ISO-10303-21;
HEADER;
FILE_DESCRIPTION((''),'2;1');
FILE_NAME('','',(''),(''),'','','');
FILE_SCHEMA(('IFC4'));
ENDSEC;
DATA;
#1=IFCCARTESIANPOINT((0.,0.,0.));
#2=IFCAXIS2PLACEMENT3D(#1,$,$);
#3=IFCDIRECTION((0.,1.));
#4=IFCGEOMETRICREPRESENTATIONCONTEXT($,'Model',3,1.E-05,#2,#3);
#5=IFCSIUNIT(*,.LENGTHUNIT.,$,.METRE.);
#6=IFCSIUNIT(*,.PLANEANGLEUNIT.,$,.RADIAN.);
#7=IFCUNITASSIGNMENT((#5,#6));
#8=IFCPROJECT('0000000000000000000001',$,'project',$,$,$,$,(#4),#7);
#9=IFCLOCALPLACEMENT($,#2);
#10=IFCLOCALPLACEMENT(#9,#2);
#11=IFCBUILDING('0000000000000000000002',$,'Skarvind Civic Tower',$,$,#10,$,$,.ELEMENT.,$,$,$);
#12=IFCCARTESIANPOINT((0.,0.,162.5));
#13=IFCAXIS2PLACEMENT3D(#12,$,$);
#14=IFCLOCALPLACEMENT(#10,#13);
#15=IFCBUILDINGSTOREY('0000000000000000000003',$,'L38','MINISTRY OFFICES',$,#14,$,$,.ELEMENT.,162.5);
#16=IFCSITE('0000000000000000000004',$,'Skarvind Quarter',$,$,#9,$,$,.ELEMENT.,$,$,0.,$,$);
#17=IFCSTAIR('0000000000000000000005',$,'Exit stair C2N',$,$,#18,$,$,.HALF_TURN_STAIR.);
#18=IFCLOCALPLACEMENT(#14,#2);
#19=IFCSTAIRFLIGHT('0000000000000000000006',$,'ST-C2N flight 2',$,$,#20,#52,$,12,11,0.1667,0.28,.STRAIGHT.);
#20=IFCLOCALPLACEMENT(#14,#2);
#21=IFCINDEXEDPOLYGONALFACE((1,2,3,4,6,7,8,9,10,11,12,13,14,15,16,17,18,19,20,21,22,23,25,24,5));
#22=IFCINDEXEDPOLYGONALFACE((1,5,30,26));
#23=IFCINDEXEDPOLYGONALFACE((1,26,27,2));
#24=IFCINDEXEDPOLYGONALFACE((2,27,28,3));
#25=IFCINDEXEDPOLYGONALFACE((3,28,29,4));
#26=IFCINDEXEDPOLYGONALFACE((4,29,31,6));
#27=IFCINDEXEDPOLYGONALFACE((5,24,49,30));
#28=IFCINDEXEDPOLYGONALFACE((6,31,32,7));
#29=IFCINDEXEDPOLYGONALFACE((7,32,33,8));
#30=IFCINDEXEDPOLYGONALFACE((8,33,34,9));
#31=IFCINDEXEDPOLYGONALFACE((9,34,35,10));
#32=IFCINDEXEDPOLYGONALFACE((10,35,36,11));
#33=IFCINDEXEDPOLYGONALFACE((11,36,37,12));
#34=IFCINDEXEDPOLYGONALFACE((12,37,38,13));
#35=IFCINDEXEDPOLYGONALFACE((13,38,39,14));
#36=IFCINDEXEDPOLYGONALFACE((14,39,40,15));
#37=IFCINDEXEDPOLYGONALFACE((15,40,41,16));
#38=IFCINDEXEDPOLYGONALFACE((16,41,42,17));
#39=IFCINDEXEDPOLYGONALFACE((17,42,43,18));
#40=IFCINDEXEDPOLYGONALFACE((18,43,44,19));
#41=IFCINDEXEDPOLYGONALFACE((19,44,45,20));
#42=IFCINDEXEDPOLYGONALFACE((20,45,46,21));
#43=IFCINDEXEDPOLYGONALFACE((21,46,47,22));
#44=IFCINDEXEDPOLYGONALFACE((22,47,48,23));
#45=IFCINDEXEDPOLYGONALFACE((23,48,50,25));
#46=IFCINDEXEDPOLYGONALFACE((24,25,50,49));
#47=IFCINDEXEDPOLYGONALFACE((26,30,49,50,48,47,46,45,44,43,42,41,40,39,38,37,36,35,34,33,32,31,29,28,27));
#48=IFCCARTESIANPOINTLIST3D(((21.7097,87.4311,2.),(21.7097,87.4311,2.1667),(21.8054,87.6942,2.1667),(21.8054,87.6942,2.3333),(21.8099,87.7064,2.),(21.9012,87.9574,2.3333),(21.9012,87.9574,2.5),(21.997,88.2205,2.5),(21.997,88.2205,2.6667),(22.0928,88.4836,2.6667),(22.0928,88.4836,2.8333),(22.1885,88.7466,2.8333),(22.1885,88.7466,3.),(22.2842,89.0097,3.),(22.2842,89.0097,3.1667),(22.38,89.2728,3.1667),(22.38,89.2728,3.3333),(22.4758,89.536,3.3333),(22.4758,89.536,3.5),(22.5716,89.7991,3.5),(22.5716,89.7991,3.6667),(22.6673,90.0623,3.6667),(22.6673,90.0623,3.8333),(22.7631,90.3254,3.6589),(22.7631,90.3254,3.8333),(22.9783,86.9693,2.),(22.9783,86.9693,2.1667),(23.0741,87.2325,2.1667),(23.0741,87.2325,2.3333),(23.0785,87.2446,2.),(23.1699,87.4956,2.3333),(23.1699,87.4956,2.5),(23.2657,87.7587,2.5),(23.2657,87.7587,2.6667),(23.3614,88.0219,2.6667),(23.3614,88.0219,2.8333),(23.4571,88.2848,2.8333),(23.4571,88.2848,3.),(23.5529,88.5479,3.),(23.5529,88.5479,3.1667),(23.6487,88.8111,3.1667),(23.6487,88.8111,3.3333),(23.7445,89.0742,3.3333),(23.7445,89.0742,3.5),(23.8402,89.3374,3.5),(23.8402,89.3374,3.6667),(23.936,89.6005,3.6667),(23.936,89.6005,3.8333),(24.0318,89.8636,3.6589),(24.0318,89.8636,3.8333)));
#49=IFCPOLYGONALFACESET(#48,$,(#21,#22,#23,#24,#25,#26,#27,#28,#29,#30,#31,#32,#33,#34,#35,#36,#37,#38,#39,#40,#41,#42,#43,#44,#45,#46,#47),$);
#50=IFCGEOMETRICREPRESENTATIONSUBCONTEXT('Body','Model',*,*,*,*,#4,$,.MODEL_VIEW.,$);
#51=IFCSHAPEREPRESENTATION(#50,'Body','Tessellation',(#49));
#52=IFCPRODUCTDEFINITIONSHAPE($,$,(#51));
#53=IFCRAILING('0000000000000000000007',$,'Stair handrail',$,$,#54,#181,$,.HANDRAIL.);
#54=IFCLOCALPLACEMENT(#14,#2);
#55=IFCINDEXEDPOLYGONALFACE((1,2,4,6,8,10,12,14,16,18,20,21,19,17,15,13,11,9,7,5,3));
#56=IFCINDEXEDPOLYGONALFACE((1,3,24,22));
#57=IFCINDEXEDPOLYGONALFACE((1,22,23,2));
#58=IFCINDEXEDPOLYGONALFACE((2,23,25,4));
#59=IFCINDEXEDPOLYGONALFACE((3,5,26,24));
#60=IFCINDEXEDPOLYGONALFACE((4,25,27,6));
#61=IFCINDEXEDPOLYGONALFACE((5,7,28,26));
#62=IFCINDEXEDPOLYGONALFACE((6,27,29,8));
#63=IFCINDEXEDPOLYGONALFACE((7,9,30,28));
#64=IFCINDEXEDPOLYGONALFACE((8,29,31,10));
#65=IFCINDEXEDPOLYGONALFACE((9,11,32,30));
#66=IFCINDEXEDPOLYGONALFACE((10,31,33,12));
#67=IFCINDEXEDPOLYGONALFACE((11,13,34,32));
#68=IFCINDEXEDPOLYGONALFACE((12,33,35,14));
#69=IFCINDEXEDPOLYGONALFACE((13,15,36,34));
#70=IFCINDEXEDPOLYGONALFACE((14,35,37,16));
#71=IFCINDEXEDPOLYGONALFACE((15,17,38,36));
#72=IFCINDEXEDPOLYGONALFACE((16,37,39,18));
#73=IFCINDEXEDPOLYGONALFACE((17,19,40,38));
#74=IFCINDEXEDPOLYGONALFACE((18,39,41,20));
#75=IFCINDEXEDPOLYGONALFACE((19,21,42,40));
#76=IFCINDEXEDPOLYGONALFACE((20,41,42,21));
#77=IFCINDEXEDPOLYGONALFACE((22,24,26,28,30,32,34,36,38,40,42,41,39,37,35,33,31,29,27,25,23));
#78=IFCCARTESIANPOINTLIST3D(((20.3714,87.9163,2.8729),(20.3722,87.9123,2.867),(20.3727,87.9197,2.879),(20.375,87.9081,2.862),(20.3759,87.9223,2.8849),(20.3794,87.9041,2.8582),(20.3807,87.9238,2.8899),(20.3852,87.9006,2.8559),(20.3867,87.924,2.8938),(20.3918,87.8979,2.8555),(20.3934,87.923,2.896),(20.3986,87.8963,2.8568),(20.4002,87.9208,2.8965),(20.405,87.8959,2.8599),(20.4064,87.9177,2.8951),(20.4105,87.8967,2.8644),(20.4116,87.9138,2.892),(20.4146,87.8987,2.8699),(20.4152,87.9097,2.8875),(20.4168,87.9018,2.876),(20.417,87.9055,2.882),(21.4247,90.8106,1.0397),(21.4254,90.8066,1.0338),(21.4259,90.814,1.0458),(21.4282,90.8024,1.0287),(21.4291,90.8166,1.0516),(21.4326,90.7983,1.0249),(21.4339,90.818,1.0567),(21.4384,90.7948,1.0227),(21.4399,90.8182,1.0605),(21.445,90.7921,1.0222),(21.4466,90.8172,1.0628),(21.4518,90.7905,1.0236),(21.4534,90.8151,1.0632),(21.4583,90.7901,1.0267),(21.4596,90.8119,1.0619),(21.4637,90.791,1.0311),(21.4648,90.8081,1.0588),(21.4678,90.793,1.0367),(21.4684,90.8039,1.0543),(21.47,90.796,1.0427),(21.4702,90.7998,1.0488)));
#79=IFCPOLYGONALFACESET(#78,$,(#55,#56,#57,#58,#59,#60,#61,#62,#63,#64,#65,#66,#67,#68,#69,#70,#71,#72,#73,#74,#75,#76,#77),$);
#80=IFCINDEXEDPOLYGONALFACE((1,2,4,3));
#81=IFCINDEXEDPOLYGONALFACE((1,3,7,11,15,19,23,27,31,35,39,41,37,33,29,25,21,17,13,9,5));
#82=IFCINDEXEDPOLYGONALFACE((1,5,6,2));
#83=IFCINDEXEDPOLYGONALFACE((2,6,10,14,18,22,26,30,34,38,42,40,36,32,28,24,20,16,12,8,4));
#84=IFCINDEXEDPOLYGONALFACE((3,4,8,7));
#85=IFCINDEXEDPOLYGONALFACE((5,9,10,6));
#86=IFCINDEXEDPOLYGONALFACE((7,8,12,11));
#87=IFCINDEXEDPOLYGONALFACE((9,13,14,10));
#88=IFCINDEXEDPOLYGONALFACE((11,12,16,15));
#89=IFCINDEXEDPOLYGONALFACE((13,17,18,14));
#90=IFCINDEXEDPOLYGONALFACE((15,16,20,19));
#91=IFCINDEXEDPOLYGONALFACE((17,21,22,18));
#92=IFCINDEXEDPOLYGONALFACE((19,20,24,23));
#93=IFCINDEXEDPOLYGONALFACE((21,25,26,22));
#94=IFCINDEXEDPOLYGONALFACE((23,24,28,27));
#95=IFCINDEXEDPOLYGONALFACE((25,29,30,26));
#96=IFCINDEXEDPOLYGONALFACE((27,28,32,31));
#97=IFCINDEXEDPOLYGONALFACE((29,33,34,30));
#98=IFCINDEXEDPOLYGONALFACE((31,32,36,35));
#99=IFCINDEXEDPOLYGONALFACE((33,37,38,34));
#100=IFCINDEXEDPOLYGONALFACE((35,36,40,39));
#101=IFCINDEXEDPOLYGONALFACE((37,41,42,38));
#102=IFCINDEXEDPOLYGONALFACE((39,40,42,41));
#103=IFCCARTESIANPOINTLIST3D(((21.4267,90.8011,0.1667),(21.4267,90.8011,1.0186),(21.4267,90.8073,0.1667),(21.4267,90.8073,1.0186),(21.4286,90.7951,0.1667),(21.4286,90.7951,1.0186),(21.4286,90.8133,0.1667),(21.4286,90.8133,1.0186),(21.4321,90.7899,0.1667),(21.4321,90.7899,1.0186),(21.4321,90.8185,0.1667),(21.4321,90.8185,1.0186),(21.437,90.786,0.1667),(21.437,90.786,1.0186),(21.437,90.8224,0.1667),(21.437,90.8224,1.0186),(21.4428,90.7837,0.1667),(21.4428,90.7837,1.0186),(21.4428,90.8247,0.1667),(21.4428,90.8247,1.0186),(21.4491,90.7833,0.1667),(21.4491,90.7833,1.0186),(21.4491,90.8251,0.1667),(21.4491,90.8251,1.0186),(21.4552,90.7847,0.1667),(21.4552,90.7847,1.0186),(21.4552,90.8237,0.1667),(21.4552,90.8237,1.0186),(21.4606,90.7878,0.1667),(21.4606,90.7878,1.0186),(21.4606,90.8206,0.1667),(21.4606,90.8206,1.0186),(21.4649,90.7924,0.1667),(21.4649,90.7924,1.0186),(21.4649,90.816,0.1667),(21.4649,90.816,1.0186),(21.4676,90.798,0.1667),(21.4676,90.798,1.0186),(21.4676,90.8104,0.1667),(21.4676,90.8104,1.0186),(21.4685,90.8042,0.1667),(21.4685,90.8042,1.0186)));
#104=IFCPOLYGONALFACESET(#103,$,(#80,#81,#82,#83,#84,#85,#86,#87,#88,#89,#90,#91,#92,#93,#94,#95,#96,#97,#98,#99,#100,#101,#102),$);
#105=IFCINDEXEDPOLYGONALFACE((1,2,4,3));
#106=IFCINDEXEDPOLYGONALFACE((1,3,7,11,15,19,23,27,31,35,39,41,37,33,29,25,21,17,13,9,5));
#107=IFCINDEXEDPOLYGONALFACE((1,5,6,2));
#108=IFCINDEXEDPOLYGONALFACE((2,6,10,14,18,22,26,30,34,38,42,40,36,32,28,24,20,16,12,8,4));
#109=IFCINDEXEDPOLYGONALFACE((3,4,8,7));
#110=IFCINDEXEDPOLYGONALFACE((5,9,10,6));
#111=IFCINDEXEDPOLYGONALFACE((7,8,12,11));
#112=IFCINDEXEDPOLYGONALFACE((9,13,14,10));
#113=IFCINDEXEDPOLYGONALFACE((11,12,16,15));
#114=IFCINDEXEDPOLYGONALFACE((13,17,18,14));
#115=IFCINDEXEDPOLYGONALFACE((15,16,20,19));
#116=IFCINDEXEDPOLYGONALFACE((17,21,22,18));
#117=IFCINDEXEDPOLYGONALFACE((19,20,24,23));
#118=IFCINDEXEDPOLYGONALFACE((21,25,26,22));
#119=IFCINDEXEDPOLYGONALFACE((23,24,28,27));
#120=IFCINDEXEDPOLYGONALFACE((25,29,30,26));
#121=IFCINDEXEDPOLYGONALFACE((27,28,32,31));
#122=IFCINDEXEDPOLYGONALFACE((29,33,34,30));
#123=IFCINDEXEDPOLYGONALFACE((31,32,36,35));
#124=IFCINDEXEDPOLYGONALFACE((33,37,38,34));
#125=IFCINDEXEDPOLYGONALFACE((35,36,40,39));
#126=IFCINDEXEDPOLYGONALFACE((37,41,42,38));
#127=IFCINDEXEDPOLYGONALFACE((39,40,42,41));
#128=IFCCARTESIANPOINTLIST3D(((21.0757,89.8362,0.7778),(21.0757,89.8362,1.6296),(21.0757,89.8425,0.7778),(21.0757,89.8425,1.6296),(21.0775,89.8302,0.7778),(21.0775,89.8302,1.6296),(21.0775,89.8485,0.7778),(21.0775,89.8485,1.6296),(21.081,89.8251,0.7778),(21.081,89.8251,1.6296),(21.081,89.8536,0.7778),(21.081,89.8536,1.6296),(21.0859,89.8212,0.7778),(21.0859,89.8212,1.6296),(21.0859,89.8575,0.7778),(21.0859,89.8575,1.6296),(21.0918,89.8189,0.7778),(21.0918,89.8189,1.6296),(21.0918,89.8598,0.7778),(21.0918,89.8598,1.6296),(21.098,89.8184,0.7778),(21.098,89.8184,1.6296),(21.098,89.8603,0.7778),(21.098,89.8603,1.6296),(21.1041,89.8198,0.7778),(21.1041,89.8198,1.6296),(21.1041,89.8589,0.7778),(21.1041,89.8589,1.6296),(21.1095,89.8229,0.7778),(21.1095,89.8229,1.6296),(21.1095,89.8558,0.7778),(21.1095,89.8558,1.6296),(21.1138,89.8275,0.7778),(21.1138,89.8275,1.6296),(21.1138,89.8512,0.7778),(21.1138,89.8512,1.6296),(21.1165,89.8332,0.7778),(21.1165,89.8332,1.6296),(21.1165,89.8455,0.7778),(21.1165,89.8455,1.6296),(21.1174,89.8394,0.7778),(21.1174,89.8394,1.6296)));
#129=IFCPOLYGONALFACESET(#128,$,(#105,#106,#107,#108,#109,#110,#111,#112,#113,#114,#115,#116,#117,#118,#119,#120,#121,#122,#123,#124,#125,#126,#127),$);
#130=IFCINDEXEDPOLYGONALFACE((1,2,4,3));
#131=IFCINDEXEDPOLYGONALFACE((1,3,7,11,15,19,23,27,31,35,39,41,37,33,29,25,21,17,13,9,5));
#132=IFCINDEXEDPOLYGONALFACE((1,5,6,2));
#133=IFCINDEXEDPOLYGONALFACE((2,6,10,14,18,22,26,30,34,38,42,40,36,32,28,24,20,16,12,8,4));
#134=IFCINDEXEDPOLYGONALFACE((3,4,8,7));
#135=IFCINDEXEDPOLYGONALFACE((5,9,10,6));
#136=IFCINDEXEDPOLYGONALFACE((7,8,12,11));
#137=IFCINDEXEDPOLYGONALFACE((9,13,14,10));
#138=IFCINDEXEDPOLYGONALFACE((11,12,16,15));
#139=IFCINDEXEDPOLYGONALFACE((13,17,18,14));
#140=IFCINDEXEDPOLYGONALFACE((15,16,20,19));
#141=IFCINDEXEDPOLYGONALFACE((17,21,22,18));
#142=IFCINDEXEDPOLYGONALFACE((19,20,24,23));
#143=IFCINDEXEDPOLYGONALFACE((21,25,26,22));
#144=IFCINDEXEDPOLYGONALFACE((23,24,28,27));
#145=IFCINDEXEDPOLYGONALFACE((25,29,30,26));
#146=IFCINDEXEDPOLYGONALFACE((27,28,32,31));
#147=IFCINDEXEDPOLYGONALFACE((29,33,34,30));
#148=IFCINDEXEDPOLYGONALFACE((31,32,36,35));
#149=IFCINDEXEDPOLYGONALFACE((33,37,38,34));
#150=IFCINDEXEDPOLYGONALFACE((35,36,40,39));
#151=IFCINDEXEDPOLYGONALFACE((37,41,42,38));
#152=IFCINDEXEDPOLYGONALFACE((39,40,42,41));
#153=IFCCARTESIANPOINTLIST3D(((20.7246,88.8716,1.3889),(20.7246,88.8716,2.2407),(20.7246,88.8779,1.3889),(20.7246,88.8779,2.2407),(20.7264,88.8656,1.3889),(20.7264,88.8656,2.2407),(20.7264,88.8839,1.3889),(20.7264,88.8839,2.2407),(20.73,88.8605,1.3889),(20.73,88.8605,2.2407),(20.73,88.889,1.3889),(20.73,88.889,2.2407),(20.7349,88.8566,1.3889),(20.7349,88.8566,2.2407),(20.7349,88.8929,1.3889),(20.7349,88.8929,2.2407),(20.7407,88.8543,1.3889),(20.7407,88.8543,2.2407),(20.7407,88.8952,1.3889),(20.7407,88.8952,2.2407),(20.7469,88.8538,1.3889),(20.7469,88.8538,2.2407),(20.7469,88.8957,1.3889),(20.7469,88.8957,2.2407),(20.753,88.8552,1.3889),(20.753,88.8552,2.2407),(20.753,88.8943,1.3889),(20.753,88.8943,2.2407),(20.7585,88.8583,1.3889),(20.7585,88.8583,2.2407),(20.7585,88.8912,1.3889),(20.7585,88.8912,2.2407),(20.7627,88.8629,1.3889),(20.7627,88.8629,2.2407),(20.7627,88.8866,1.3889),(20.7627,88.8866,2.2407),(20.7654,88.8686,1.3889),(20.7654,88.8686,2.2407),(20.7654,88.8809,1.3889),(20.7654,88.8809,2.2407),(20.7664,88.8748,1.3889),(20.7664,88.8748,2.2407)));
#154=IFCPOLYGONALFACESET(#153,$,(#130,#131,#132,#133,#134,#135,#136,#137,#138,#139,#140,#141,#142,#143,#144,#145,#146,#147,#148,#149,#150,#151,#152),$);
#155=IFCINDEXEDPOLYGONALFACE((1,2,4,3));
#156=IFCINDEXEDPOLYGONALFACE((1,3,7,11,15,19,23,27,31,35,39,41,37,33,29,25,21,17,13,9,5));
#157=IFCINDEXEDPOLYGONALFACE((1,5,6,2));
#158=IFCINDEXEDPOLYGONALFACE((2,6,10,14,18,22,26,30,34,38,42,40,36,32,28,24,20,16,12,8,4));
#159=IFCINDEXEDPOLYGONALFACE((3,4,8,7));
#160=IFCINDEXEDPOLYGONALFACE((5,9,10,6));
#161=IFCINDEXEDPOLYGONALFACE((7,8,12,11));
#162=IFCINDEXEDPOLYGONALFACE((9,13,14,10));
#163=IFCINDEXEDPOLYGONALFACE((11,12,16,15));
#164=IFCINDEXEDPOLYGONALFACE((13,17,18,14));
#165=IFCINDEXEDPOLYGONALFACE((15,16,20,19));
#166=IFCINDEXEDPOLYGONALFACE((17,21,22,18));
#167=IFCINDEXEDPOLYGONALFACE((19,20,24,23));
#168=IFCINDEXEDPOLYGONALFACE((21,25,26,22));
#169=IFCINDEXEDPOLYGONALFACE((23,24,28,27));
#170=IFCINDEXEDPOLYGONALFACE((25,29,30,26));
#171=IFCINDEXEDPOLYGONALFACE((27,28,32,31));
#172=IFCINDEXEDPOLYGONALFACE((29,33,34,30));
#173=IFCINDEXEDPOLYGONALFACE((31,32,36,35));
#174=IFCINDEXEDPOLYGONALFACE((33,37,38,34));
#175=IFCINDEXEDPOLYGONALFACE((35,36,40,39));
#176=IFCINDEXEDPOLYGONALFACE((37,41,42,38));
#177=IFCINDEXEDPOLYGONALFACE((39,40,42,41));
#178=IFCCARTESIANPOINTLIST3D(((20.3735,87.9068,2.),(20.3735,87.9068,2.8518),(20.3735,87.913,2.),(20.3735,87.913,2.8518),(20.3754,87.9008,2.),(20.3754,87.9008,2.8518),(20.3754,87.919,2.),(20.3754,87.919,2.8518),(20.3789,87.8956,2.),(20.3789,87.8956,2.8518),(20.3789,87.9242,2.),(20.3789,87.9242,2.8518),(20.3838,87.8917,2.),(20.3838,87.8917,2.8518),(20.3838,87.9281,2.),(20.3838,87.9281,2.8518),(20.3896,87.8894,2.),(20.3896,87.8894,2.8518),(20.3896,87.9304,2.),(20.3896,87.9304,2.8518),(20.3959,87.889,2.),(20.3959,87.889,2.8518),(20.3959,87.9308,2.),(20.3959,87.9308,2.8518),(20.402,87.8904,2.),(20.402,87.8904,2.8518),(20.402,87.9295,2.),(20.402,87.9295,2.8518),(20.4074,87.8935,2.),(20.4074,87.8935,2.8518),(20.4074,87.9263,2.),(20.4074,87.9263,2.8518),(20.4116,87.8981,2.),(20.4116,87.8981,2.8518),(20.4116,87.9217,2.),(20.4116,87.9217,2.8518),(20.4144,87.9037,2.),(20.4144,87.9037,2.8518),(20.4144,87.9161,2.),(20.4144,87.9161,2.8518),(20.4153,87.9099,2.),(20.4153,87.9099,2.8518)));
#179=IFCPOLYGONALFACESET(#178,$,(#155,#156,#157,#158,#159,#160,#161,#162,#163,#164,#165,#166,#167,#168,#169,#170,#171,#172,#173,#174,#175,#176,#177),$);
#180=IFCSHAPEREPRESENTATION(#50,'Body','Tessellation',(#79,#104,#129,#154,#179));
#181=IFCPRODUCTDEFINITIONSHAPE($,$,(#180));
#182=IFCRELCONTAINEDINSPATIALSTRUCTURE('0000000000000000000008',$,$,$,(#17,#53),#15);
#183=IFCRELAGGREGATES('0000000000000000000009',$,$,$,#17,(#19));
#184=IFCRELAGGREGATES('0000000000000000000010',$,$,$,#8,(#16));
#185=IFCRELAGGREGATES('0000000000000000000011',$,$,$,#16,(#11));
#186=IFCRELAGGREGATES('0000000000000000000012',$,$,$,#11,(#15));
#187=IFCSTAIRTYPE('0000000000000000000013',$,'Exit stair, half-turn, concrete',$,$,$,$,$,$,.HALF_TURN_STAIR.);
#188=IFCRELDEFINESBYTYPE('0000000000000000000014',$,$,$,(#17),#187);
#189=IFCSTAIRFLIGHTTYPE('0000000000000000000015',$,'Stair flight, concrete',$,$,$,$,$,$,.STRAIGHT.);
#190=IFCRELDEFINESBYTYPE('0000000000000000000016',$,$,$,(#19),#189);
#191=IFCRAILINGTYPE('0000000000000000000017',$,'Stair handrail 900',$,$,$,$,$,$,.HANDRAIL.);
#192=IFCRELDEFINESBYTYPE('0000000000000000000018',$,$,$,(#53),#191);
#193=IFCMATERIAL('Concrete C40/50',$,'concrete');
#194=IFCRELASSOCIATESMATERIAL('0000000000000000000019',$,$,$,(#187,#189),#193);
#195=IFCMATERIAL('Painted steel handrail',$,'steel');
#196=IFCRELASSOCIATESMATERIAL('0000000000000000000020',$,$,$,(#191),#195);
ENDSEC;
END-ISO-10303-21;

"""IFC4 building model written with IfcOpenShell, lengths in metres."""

from ifc_helpers import new_model, si_unit, direction, frame, origin, origin_2d, place, context, subcontext, project, spatial, polyline, circle, outline, extrude, material, type_object, element, aggregate, save


model = new_model("IFC4")

# Units and contexts
model_context = context("Model", 3, precision=1e-05, world=origin(), true_north=direction((0.0, 1.0)))
body_context = subcontext(model_context, "Body", "Model", "MODEL_VIEW")
ifc_project = project(units=[si_unit("LENGTHUNIT", "METRE"), si_unit("PLANEANGLEUNIT", "RADIAN")], contexts=[model_context])

# Site, building, storey
site_placement = place(None, origin())
site = spatial("IfcSite", under=ifc_project, at=site_placement, Name="Skarvind Quarter", CompositionType="ELEMENT", RefElevation=0.0)
building_placement = place(site_placement, origin())
building = spatial("IfcBuilding", under=site, at=building_placement, Name="Skarvind Civic Tower", CompositionType="ELEMENT")
storey_placement = place(building_placement, frame((0.0, 0.0, 162.5)))
storey = spatial("IfcBuildingStorey", under=building, at=storey_placement, Name="L38", Description="MINISTRY OFFICES", CompositionType="ELEMENT", Elevation=162.5)

# Stair, stair flight
ifc_material_1 = material(Name="Concrete C40/50", Category="concrete")
stair_type = type_object("IfcStairType", Name="Exit stair, half-turn, concrete", PredefinedType="HALF_TURN_STAIR", material=ifc_material_1)
stair_placement = place(storey_placement, origin())
stair = element("IfcStair", 1, at=stair_placement, inside=storey, type_object=stair_type, Name="Exit stair C2N", PredefinedType="HALF_TURN_STAIR")
stair_flight_type = type_object("IfcStairFlightType", Name="Stair flight, concrete", PredefinedType="STRAIGHT", material=ifc_material_1)
stair_flight_1_placement = place(storey_placement, frame((22.344, 87.2002, 2.0), z_axis=(0.0, 0.0, 1.0), x_axis=(0.34202, 0.939693, 0.0)))
stair_flight_1 = element("IfcStairFlight", 2, at=stair_flight_1_placement, type_object=stair_flight_type, Name="ST-C2N flight 2", NumberOfRisers=12, NumberOfTreads=11, PredefinedType="STRAIGHT", RiserHeight=0.1667, TreadLength=0.28, context=body_context, shape_type="SweptSolid", body=[
    extrude(outline(polyline([(0.0, 0.0), (0.0, 0.1667), (0.28, 0.1667), (0.28, 0.3333), (0.5601, 0.3333), (0.5601, 0.5), (0.8401, 0.5), (0.8401, 0.6667), (1.1201, 0.6667), (1.1201, 0.8333), (1.3999, 0.8333), (1.3999, 1.0), (1.6799, 1.0), (1.6799, 1.1667), (1.96, 1.1667), (1.96, 1.3333), (2.24, 1.3333), (2.24, 1.5), (2.52, 1.5), (2.52, 1.6667), (2.8, 1.6667), (2.8, 1.8333), (3.0801, 1.8333), (3.0801, 2.0), (3.0801, 1.6589), (0.293, 0.0), (0.0, 0.0)])), frame((0.0, 0.675, 0.0), z_axis=(0.0, -1.0, 0.0), x_axis=(1.0, 0.0, 0.0)), (0.0, 0.0, 1.0), 1.3501),
])
aggregate(stair, [stair_flight_1])

# Railing
ifc_material_2 = material(Name="Painted steel handrail", Category="steel")
railing_type = type_object("IfcRailingType", Name="Stair handrail 900", PredefinedType="HANDRAIL", material=ifc_material_2)
railing_1_placement = place(storey_placement, frame((21.4475, 90.8042, 0.1667)))
element("IfcRailing", 3, at=railing_1_placement, inside=storey, type_object=railing_type, Name="Stair handrail", PredefinedType="HANDRAIL", context=body_context, shape_type="SweptSolid", body=[
    extrude(circle(Radius=0.0239, at=origin_2d()), frame((0.0, 0.0, 0.876), z_axis=(-0.293846, -0.807497, 0.511472), x_axis=(0.939715, -0.341959, 0.0)), (0.0, 0.0, 1.0), 3.5842),
    extrude(circle(Radius=0.021, at=origin_2d()), origin(), (0.0, 0.0, 1.0), 0.8518),
    extrude(circle(Radius=0.021, at=origin_2d()), frame((-0.3511, -0.9648, 0.6111)), (0.0, 0.0, 1.0), 0.8518),
    extrude(circle(Radius=0.021, at=origin_2d()), frame((-0.7021, -1.9294, 1.2222)), (0.0, 0.0, 1.0), 0.8518),
    extrude(circle(Radius=0.021, at=origin_2d()), frame((-1.0532, -2.8943, 1.8333)), (0.0, 0.0, 1.0), 0.8518),
])

save(model, "model.ifc")
